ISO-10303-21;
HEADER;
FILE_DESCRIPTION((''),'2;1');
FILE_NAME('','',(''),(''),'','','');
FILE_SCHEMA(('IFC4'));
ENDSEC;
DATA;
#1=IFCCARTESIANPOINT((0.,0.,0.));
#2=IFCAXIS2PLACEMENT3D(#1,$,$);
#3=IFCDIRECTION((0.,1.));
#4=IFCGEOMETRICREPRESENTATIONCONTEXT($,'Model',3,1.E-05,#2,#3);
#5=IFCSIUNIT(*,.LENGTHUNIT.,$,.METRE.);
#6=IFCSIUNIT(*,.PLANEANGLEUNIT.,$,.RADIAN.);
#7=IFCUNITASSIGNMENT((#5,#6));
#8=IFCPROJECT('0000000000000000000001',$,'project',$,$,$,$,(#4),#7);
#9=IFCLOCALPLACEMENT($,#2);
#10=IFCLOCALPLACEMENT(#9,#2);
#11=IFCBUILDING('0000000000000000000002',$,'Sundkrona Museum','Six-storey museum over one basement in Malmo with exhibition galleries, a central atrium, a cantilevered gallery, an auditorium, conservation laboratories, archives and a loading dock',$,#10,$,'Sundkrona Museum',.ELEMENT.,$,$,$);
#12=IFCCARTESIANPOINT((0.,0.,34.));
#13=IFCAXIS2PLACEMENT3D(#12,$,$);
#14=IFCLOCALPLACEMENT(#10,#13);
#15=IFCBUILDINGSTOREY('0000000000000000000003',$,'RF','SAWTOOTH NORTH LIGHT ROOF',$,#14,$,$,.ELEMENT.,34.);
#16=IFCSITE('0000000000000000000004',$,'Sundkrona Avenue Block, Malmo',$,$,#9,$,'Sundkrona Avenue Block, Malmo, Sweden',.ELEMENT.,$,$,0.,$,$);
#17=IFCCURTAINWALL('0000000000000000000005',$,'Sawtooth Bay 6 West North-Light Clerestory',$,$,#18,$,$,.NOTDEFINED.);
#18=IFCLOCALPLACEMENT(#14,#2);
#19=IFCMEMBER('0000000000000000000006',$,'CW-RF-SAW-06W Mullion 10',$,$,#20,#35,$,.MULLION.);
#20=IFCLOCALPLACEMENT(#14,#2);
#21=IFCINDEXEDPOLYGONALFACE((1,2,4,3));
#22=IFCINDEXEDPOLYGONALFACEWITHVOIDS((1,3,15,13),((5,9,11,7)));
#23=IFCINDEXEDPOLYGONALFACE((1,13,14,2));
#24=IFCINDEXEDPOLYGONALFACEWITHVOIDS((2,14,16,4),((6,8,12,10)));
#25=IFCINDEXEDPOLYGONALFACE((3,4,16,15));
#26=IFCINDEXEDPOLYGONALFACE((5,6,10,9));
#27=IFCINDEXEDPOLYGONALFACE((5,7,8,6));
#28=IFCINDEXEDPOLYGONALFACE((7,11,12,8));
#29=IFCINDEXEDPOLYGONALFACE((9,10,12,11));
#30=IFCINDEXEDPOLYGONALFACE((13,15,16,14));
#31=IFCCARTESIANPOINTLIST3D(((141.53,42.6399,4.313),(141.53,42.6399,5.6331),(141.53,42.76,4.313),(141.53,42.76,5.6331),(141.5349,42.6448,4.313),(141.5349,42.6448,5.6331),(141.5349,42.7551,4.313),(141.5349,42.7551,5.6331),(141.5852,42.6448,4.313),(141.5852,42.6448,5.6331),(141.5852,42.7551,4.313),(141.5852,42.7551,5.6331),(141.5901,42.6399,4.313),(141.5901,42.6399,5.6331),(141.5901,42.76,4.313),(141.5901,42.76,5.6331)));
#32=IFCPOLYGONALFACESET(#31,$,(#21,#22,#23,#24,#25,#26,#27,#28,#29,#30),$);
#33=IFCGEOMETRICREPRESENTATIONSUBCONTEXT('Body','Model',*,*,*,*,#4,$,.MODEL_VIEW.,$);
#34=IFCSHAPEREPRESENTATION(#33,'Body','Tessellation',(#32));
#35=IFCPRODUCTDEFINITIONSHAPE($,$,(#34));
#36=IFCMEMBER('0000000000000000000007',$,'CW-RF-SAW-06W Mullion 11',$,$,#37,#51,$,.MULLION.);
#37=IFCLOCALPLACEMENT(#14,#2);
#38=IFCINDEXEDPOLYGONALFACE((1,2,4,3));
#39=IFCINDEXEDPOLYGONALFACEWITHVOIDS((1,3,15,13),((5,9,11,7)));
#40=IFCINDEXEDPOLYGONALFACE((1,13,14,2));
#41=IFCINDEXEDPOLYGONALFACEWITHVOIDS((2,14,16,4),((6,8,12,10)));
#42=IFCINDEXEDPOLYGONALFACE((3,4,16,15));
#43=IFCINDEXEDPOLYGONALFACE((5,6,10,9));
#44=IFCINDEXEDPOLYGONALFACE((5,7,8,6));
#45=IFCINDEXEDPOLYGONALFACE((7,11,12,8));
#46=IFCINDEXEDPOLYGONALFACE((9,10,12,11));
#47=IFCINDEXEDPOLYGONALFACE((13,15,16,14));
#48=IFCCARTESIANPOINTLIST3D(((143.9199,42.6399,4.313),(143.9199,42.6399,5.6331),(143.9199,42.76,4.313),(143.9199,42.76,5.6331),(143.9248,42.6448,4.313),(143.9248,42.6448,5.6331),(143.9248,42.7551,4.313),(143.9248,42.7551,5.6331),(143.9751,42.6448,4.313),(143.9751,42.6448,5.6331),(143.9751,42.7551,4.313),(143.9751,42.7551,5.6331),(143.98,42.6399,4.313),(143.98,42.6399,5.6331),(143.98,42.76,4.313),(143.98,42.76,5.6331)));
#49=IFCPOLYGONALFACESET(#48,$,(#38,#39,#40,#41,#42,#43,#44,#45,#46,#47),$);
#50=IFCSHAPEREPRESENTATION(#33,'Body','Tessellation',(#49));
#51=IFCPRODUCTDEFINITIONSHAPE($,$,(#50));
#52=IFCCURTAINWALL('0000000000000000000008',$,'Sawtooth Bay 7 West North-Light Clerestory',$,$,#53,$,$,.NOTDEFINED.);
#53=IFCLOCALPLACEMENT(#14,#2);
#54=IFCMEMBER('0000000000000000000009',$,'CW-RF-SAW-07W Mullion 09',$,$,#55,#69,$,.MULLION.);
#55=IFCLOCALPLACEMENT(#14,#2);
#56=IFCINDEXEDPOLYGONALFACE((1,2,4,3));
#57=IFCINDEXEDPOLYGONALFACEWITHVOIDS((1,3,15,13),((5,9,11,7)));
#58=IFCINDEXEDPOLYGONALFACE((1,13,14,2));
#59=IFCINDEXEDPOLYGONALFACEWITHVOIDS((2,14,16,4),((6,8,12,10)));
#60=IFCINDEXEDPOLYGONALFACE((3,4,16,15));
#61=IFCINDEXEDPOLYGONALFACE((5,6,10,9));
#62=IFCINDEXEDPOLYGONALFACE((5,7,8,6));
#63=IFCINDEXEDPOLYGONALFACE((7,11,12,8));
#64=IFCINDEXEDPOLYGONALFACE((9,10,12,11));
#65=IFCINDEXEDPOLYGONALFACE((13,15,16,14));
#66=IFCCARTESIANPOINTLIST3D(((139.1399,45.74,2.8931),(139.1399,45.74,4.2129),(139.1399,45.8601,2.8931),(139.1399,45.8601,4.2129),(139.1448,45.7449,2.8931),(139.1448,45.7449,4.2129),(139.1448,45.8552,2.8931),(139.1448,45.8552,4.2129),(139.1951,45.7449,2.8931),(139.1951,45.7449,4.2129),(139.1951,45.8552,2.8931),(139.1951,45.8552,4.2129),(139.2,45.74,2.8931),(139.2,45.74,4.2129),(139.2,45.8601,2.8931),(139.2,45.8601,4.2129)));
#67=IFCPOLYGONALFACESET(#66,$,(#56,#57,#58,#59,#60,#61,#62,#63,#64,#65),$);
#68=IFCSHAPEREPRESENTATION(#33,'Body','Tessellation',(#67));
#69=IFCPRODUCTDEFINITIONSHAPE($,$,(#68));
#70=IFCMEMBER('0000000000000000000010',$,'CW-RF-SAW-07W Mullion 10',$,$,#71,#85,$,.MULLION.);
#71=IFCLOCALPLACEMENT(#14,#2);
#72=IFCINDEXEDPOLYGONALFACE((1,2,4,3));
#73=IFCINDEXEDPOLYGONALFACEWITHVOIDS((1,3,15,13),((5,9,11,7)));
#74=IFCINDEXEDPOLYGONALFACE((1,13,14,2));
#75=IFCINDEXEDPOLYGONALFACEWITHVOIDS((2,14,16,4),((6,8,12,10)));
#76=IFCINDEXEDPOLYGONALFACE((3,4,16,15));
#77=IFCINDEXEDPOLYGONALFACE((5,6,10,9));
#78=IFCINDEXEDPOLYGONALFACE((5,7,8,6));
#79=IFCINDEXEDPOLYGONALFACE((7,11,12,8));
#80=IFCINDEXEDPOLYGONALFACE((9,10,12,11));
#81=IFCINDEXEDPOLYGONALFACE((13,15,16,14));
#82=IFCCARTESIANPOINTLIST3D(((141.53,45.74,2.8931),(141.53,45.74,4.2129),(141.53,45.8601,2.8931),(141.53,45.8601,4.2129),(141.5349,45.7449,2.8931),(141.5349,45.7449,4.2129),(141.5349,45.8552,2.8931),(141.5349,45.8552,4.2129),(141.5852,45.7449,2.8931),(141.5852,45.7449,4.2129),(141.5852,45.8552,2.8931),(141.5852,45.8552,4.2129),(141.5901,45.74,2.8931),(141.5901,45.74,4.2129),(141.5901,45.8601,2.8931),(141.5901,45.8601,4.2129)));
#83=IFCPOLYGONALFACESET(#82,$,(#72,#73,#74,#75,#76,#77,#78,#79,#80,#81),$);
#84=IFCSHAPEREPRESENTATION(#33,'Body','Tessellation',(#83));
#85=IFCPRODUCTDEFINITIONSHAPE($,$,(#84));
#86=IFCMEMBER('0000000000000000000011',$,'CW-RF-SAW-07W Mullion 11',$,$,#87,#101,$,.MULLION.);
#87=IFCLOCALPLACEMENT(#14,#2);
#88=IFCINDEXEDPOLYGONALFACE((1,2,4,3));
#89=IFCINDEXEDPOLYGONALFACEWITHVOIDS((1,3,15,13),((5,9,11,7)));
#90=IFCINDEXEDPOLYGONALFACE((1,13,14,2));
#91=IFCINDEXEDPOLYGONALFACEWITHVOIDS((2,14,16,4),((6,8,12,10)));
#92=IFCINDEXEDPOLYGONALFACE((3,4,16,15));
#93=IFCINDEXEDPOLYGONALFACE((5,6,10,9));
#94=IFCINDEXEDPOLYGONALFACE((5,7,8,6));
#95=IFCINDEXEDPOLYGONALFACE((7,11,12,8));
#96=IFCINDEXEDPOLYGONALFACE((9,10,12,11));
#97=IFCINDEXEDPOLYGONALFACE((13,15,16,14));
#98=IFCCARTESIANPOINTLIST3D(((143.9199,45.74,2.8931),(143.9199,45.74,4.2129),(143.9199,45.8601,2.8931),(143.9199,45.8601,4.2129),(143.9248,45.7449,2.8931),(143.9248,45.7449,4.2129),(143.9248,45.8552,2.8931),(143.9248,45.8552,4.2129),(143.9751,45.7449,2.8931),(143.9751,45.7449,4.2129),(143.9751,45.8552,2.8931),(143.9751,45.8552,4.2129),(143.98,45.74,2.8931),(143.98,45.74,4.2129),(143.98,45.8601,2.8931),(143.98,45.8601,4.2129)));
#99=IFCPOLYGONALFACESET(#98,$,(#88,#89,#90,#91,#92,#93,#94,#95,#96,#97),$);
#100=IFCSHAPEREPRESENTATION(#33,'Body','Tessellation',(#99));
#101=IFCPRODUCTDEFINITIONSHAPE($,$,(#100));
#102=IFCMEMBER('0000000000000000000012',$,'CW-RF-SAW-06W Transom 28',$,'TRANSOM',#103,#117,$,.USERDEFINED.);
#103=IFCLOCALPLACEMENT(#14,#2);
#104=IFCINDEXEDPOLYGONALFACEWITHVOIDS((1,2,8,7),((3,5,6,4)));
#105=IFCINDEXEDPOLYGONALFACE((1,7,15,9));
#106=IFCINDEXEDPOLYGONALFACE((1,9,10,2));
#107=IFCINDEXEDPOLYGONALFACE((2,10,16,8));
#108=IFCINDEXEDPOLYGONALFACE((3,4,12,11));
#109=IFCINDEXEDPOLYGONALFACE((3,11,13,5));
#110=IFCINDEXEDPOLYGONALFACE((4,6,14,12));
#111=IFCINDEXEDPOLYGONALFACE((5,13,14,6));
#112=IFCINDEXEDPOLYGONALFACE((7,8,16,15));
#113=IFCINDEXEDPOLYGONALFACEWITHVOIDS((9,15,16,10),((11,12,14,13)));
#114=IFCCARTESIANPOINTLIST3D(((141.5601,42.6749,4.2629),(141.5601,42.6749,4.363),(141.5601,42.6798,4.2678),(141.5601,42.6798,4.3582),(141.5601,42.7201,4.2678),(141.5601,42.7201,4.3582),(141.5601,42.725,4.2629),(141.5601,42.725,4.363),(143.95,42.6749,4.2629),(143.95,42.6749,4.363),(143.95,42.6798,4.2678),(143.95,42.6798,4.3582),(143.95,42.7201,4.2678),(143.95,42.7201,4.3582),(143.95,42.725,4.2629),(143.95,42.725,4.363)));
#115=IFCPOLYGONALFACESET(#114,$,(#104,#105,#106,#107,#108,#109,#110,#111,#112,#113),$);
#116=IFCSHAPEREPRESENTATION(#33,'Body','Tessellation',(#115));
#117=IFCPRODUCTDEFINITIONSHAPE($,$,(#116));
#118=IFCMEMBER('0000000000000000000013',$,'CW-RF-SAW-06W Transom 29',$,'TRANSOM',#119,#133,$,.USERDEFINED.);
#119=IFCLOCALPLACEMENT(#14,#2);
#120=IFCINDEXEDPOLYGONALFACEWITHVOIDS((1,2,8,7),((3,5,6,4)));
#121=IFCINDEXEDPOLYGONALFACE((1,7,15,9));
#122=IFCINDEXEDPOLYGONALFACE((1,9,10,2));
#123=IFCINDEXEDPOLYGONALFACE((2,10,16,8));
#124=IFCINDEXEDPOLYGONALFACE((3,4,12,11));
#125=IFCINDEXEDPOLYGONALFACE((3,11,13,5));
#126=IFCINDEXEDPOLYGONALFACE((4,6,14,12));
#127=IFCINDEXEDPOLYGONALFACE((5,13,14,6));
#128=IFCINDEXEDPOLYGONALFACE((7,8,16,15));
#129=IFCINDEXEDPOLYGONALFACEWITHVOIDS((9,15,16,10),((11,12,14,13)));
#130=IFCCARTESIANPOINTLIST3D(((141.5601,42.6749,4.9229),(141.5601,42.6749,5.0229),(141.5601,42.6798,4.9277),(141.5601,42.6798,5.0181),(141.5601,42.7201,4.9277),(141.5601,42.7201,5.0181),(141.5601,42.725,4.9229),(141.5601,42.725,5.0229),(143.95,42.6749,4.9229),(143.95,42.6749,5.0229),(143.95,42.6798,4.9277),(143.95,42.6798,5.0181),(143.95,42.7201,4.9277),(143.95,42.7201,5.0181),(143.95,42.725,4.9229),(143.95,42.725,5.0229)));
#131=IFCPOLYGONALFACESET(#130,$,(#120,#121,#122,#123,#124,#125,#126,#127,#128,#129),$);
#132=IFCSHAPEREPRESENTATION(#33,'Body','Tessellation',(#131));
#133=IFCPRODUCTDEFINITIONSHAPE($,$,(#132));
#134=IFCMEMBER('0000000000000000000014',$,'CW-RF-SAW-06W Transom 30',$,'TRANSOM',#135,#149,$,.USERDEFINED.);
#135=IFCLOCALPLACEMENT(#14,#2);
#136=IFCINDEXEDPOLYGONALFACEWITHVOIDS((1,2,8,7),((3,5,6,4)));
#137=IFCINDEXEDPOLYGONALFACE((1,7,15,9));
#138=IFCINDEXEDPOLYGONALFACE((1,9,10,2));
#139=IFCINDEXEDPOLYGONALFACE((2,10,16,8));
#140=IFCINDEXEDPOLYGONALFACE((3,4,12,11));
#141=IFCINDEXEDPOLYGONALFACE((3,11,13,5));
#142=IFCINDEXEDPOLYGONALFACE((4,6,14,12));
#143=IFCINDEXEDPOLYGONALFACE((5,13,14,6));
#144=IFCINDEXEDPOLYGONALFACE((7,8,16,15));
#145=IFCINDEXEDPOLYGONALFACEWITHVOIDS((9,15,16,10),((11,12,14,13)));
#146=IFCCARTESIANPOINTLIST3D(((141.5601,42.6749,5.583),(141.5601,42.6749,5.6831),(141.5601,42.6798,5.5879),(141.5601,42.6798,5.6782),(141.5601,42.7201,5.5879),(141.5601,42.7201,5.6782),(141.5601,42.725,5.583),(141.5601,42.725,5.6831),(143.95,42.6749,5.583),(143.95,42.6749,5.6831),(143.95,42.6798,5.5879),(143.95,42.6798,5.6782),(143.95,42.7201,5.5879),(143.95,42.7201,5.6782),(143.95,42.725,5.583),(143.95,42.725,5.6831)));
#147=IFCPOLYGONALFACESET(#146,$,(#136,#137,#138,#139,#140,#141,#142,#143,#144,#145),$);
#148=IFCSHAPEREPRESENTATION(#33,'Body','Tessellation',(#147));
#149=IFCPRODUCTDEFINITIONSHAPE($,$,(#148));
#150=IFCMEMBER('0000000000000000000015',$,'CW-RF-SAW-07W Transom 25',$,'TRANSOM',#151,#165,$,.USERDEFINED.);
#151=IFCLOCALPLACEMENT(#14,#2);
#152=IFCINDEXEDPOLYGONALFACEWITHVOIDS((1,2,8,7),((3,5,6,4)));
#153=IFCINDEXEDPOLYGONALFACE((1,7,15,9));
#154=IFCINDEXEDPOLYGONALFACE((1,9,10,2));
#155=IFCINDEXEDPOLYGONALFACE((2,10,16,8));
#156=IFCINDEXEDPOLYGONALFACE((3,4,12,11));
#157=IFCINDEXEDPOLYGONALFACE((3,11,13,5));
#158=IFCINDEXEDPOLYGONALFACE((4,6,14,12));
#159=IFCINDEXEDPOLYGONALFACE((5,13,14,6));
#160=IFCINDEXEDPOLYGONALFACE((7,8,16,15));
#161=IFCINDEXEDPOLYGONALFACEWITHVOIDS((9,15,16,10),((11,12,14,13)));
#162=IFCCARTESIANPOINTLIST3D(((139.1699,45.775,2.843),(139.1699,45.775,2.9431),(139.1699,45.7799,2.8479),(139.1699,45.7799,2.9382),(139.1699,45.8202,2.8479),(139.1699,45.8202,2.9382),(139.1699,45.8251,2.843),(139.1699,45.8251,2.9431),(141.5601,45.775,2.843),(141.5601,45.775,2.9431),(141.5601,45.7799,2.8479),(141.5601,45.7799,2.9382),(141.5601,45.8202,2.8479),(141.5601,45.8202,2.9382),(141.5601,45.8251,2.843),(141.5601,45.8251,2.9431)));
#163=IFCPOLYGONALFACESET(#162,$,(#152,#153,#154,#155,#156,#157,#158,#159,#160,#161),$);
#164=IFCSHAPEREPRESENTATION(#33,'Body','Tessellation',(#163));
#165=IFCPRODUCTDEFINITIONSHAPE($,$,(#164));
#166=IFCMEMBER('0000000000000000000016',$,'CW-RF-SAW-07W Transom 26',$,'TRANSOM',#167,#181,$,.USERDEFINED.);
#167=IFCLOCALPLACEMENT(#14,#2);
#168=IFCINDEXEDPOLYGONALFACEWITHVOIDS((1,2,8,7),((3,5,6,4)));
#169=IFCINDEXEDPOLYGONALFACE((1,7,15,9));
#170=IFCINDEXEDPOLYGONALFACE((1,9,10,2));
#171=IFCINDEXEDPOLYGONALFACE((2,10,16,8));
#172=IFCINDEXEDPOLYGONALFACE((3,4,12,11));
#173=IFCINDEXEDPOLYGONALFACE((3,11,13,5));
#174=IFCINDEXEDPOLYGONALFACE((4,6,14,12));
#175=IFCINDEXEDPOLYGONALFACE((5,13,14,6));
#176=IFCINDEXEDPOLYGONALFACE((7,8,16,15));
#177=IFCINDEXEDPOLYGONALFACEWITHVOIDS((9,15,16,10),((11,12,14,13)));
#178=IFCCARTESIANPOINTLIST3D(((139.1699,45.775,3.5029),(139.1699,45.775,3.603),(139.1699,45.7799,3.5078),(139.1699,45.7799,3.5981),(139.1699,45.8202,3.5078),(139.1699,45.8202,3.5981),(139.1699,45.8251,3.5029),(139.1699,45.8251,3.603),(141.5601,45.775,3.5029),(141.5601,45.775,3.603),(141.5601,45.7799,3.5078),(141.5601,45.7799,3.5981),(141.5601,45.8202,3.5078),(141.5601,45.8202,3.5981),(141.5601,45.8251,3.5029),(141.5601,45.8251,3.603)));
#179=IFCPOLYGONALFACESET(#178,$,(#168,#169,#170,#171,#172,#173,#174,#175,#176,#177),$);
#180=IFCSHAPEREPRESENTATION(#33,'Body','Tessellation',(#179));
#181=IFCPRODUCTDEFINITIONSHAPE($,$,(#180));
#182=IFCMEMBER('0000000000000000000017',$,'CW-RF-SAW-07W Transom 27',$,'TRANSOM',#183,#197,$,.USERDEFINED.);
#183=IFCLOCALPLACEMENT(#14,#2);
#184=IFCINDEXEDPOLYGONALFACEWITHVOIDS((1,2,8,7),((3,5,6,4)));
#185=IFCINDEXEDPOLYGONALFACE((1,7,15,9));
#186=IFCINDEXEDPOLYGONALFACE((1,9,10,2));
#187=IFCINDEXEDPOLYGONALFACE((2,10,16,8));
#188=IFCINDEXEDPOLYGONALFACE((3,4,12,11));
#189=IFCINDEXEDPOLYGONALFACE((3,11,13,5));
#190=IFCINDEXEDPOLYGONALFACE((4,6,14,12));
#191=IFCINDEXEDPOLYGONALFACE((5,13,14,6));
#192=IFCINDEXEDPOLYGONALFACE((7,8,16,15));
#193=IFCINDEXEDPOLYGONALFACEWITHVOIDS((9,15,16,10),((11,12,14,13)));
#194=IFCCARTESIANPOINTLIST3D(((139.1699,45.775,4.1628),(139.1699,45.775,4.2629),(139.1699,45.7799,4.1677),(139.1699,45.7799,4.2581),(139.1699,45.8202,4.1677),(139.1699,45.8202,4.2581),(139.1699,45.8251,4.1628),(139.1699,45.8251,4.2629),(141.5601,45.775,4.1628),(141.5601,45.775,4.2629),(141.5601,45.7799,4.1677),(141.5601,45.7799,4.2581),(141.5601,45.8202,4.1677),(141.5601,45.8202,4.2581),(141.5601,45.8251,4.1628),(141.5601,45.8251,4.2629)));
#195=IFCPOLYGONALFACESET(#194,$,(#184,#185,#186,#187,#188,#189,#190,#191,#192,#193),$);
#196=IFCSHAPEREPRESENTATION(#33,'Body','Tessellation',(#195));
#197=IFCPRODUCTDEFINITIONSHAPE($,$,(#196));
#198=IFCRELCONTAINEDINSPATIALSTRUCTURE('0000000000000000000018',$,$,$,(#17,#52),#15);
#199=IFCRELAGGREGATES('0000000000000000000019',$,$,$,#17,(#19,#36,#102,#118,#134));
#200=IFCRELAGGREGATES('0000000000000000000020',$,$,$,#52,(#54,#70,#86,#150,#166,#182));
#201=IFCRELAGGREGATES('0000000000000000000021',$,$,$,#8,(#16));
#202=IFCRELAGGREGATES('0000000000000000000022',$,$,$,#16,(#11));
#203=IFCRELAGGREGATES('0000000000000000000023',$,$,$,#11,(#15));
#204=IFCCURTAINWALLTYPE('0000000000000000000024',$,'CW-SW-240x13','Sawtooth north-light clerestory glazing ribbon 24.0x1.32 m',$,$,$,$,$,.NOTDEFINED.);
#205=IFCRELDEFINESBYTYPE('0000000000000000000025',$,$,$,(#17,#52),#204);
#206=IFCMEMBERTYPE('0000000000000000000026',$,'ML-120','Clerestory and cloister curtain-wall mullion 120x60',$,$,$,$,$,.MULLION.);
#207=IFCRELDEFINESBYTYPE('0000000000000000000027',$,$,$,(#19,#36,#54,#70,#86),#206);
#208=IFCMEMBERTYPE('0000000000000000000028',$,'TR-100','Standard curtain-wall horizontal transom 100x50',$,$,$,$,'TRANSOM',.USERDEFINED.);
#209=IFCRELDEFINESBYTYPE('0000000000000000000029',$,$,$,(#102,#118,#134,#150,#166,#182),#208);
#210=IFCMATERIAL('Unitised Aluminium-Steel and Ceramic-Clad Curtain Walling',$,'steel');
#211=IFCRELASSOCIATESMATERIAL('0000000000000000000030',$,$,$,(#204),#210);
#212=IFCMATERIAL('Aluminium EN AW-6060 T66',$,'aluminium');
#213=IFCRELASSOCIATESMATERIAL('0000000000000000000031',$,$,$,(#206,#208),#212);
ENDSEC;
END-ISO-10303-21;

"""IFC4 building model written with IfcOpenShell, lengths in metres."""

from ifc_helpers import new_model, si_unit, direction, frame, origin, origin_2d, place, context, subcontext, project, spatial, hollow_rectangle, extrude, material, material_profile, profile_set, type_object, element, aggregate, save


model = new_model("IFC4")

# Units and contexts
model_context = context("Model", 3, precision=1e-05, world=origin(), true_north=direction((0.0, 1.0)))
body_context = subcontext(model_context, "Body", "Model", "MODEL_VIEW")
ifc_project = project(units=[si_unit("LENGTHUNIT", "METRE"), si_unit("PLANEANGLEUNIT", "RADIAN")], contexts=[model_context])

# Site, building, storey
site_placement = place(None, origin())
site = spatial("IfcSite", under=ifc_project, at=site_placement, Name="Sundkrona Avenue Block, Malmo", LongName="Sundkrona Avenue Block, Malmo, Sweden", CompositionType="ELEMENT", RefElevation=0.0)
building_placement = place(site_placement, origin())
building = spatial("IfcBuilding", under=site, at=building_placement, Name="Sundkrona Museum", Description="Six-storey museum over one basement in Malmo with exhibition galleries, a central atrium, a cantilevered gallery, an auditorium, conservation laboratories, archives and a loading dock", LongName="Sundkrona Museum", CompositionType="ELEMENT")
storey_placement = place(building_placement, frame((0.0, 0.0, 34.0)))
storey = spatial("IfcBuildingStorey", under=building, at=storey_placement, Name="RF", Description="SAWTOOTH NORTH LIGHT ROOF", CompositionType="ELEMENT", Elevation=34.0)

# Curtain walls, members
ifc_material_1 = material(Name="Unitised Aluminium-Steel and Ceramic-Clad Curtain Walling", Category="steel")
curtain_wall_type = type_object("IfcCurtainWallType", Name="CW-SW-240x13", Description="Sawtooth north-light clerestory glazing ribbon 24.0x1.32 m", PredefinedType="NOTDEFINED", material=ifc_material_1)
curtain_wall_1_placement = place(storey_placement, origin())
curtain_wall_1 = element("IfcCurtainWall", 1, at=curtain_wall_1_placement, inside=storey, type_object=curtain_wall_type, Name="Sawtooth Bay 6 West North-Light Clerestory", PredefinedType="NOTDEFINED")
ifc_material_2 = material(Name="Aluminium EN AW-6060 T66", Category="aluminium")
ifc_material_profile_1 = material_profile(ifc_material_2, hollow_rectangle(XDim=0.0601, YDim=0.1201, WallThickness=0.0049, at=origin_2d()), Name="RHS 120x60x5.0")
ifc_profile_set_1 = profile_set([ifc_material_profile_1], Name="Aluminium EN AW-6060 T66")
member_type_1 = type_object("IfcMemberType", Name="ML-120", Description="Clerestory and cloister curtain-wall mullion 120x60", PredefinedType="MULLION", material=ifc_profile_set_1)
member_1_placement = place(storey_placement, frame((141.5601, 42.7, 4.313), z_axis=(0.0, 0.0, 1.0), x_axis=(1.0, 0.0, 0.0)))
member_1 = element("IfcMember", 2, at=member_1_placement, type_object=member_type_1, Name="CW-RF-SAW-06W Mullion 10", PredefinedType="MULLION", context=body_context, shape_type="SweptSolid", body=[
    extrude(hollow_rectangle(XDim=0.0601, YDim=0.1201, WallThickness=0.0049, at=origin_2d()), origin(), (0.0, 0.0, 1.0), 1.3201),
])
member_2_placement = place(storey_placement, frame((143.95, 42.7, 4.313), z_axis=(0.0, 0.0, 1.0), x_axis=(1.0, 0.0, 0.0)))
member_2 = element("IfcMember", 3, at=member_2_placement, type_object=member_type_1, Name="CW-RF-SAW-06W Mullion 11", PredefinedType="MULLION", context=body_context, shape_type="SweptSolid", body=[
    extrude(hollow_rectangle(XDim=0.0601, YDim=0.1201, WallThickness=0.0049, at=origin_2d()), origin(), (0.0, 0.0, 1.0), 1.3201),
])
curtain_wall_2_placement = place(storey_placement, origin())
curtain_wall_2 = element("IfcCurtainWall", 4, at=curtain_wall_2_placement, inside=storey, type_object=curtain_wall_type, Name="Sawtooth Bay 7 West North-Light Clerestory", PredefinedType="NOTDEFINED")
member_3_placement = place(storey_placement, frame((139.1699, 45.8, 2.8931), z_axis=(0.0, 0.0, 1.0), x_axis=(1.0, 0.0, 0.0)))
member_3 = element("IfcMember", 5, at=member_3_placement, type_object=member_type_1, Name="CW-RF-SAW-07W Mullion 09", PredefinedType="MULLION", context=body_context, shape_type="SweptSolid", body=[
    extrude(hollow_rectangle(XDim=0.0601, YDim=0.1201, WallThickness=0.0049, at=origin_2d()), origin(), (0.0, 0.0, 1.0), 1.3198),
])
member_4_placement = place(storey_placement, frame((141.5601, 45.8, 2.8931), z_axis=(0.0, 0.0, 1.0), x_axis=(1.0, 0.0, 0.0)))
member_4 = element("IfcMember", 6, at=member_4_placement, type_object=member_type_1, Name="CW-RF-SAW-07W Mullion 10", PredefinedType="MULLION", context=body_context, shape_type="SweptSolid", body=[
    extrude(hollow_rectangle(XDim=0.0601, YDim=0.1201, WallThickness=0.0049, at=origin_2d()), origin(), (0.0, 0.0, 1.0), 1.3198),
])
member_5_placement = place(storey_placement, frame((143.95, 45.8, 2.8931), z_axis=(0.0, 0.0, 1.0), x_axis=(1.0, 0.0, 0.0)))
member_5 = element("IfcMember", 7, at=member_5_placement, type_object=member_type_1, Name="CW-RF-SAW-07W Mullion 11", PredefinedType="MULLION", context=body_context, shape_type="SweptSolid", body=[
    extrude(hollow_rectangle(XDim=0.0601, YDim=0.1201, WallThickness=0.0049, at=origin_2d()), origin(), (0.0, 0.0, 1.0), 1.3198),
])

# Members
ifc_material_profile_2 = material_profile(ifc_material_2, hollow_rectangle(XDim=0.05, YDim=0.1001, WallThickness=0.0049, at=origin_2d()), Name="RHS 100x50x5.0")
ifc_profile_set_2 = profile_set([ifc_material_profile_2], Name="Aluminium EN AW-6060 T66")
member_type_2 = type_object("IfcMemberType", Name="TR-100", Description="Standard curtain-wall horizontal transom 100x50", ElementType="TRANSOM", PredefinedType="USERDEFINED", material=ifc_profile_set_2)
member_6_placement = place(storey_placement, frame((141.5601, 42.7, 4.313), z_axis=(1.0, 0.0, 0.0), x_axis=(0.0, 1.0, 0.0)))
member_6 = element("IfcMember", 8, at=member_6_placement, type_object=member_type_2, Name="CW-RF-SAW-06W Transom 28", ObjectType="TRANSOM", PredefinedType="USERDEFINED", context=body_context, shape_type="SweptSolid", body=[
    extrude(hollow_rectangle(XDim=0.05, YDim=0.1001, WallThickness=0.0049, at=origin_2d()), origin(), (0.0, 0.0, 1.0), 2.3899),
])
member_7_placement = place(storey_placement, frame((141.5601, 42.7, 4.9729), z_axis=(1.0, 0.0, 0.0), x_axis=(0.0, 1.0, 0.0)))
member_7 = element("IfcMember", 9, at=member_7_placement, type_object=member_type_2, Name="CW-RF-SAW-06W Transom 29", ObjectType="TRANSOM", PredefinedType="USERDEFINED", context=body_context, shape_type="SweptSolid", body=[
    extrude(hollow_rectangle(XDim=0.05, YDim=0.1001, WallThickness=0.0049, at=origin_2d()), origin(), (0.0, 0.0, 1.0), 2.3899),
])
member_8_placement = place(storey_placement, frame((141.5601, 42.7, 5.6331), z_axis=(1.0, 0.0, 0.0), x_axis=(0.0, 1.0, 0.0)))
member_8 = element("IfcMember", 10, at=member_8_placement, type_object=member_type_2, Name="CW-RF-SAW-06W Transom 30", ObjectType="TRANSOM", PredefinedType="USERDEFINED", context=body_context, shape_type="SweptSolid", body=[
    extrude(hollow_rectangle(XDim=0.05, YDim=0.1001, WallThickness=0.0049, at=origin_2d()), origin(), (0.0, 0.0, 1.0), 2.3899),
])
member_9_placement = place(storey_placement, frame((139.1699, 45.8, 2.8931), z_axis=(1.0, 0.0, 0.0), x_axis=(0.0, 1.0, 0.0)))
member_9 = element("IfcMember", 11, at=member_9_placement, type_object=member_type_2, Name="CW-RF-SAW-07W Transom 25", ObjectType="TRANSOM", PredefinedType="USERDEFINED", context=body_context, shape_type="SweptSolid", body=[
    extrude(hollow_rectangle(XDim=0.05, YDim=0.1001, WallThickness=0.0049, at=origin_2d()), origin(), (0.0, 0.0, 1.0), 2.3901),
])
member_10_placement = place(storey_placement, frame((139.1699, 45.8, 3.553), z_axis=(1.0, 0.0, 0.0), x_axis=(0.0, 1.0, 0.0)))
member_10 = element("IfcMember", 12, at=member_10_placement, type_object=member_type_2, Name="CW-RF-SAW-07W Transom 26", ObjectType="TRANSOM", PredefinedType="USERDEFINED", context=body_context, shape_type="SweptSolid", body=[
    extrude(hollow_rectangle(XDim=0.05, YDim=0.1001, WallThickness=0.0049, at=origin_2d()), origin(), (0.0, 0.0, 1.0), 2.3901),
])
member_11_placement = place(storey_placement, frame((139.1699, 45.8, 4.2129), z_axis=(1.0, 0.0, 0.0), x_axis=(0.0, 1.0, 0.0)))
member_11 = element("IfcMember", 13, at=member_11_placement, type_object=member_type_2, Name="CW-RF-SAW-07W Transom 27", ObjectType="TRANSOM", PredefinedType="USERDEFINED", context=body_context, shape_type="SweptSolid", body=[
    extrude(hollow_rectangle(XDim=0.05, YDim=0.1001, WallThickness=0.0049, at=origin_2d()), origin(), (0.0, 0.0, 1.0), 2.3901),
])

aggregate(curtain_wall_1, [member_1, member_2, member_6, member_7, member_8])
aggregate(curtain_wall_2, [member_3, member_4, member_5, member_9, member_10, member_11])

save(model, "model.ifc")
